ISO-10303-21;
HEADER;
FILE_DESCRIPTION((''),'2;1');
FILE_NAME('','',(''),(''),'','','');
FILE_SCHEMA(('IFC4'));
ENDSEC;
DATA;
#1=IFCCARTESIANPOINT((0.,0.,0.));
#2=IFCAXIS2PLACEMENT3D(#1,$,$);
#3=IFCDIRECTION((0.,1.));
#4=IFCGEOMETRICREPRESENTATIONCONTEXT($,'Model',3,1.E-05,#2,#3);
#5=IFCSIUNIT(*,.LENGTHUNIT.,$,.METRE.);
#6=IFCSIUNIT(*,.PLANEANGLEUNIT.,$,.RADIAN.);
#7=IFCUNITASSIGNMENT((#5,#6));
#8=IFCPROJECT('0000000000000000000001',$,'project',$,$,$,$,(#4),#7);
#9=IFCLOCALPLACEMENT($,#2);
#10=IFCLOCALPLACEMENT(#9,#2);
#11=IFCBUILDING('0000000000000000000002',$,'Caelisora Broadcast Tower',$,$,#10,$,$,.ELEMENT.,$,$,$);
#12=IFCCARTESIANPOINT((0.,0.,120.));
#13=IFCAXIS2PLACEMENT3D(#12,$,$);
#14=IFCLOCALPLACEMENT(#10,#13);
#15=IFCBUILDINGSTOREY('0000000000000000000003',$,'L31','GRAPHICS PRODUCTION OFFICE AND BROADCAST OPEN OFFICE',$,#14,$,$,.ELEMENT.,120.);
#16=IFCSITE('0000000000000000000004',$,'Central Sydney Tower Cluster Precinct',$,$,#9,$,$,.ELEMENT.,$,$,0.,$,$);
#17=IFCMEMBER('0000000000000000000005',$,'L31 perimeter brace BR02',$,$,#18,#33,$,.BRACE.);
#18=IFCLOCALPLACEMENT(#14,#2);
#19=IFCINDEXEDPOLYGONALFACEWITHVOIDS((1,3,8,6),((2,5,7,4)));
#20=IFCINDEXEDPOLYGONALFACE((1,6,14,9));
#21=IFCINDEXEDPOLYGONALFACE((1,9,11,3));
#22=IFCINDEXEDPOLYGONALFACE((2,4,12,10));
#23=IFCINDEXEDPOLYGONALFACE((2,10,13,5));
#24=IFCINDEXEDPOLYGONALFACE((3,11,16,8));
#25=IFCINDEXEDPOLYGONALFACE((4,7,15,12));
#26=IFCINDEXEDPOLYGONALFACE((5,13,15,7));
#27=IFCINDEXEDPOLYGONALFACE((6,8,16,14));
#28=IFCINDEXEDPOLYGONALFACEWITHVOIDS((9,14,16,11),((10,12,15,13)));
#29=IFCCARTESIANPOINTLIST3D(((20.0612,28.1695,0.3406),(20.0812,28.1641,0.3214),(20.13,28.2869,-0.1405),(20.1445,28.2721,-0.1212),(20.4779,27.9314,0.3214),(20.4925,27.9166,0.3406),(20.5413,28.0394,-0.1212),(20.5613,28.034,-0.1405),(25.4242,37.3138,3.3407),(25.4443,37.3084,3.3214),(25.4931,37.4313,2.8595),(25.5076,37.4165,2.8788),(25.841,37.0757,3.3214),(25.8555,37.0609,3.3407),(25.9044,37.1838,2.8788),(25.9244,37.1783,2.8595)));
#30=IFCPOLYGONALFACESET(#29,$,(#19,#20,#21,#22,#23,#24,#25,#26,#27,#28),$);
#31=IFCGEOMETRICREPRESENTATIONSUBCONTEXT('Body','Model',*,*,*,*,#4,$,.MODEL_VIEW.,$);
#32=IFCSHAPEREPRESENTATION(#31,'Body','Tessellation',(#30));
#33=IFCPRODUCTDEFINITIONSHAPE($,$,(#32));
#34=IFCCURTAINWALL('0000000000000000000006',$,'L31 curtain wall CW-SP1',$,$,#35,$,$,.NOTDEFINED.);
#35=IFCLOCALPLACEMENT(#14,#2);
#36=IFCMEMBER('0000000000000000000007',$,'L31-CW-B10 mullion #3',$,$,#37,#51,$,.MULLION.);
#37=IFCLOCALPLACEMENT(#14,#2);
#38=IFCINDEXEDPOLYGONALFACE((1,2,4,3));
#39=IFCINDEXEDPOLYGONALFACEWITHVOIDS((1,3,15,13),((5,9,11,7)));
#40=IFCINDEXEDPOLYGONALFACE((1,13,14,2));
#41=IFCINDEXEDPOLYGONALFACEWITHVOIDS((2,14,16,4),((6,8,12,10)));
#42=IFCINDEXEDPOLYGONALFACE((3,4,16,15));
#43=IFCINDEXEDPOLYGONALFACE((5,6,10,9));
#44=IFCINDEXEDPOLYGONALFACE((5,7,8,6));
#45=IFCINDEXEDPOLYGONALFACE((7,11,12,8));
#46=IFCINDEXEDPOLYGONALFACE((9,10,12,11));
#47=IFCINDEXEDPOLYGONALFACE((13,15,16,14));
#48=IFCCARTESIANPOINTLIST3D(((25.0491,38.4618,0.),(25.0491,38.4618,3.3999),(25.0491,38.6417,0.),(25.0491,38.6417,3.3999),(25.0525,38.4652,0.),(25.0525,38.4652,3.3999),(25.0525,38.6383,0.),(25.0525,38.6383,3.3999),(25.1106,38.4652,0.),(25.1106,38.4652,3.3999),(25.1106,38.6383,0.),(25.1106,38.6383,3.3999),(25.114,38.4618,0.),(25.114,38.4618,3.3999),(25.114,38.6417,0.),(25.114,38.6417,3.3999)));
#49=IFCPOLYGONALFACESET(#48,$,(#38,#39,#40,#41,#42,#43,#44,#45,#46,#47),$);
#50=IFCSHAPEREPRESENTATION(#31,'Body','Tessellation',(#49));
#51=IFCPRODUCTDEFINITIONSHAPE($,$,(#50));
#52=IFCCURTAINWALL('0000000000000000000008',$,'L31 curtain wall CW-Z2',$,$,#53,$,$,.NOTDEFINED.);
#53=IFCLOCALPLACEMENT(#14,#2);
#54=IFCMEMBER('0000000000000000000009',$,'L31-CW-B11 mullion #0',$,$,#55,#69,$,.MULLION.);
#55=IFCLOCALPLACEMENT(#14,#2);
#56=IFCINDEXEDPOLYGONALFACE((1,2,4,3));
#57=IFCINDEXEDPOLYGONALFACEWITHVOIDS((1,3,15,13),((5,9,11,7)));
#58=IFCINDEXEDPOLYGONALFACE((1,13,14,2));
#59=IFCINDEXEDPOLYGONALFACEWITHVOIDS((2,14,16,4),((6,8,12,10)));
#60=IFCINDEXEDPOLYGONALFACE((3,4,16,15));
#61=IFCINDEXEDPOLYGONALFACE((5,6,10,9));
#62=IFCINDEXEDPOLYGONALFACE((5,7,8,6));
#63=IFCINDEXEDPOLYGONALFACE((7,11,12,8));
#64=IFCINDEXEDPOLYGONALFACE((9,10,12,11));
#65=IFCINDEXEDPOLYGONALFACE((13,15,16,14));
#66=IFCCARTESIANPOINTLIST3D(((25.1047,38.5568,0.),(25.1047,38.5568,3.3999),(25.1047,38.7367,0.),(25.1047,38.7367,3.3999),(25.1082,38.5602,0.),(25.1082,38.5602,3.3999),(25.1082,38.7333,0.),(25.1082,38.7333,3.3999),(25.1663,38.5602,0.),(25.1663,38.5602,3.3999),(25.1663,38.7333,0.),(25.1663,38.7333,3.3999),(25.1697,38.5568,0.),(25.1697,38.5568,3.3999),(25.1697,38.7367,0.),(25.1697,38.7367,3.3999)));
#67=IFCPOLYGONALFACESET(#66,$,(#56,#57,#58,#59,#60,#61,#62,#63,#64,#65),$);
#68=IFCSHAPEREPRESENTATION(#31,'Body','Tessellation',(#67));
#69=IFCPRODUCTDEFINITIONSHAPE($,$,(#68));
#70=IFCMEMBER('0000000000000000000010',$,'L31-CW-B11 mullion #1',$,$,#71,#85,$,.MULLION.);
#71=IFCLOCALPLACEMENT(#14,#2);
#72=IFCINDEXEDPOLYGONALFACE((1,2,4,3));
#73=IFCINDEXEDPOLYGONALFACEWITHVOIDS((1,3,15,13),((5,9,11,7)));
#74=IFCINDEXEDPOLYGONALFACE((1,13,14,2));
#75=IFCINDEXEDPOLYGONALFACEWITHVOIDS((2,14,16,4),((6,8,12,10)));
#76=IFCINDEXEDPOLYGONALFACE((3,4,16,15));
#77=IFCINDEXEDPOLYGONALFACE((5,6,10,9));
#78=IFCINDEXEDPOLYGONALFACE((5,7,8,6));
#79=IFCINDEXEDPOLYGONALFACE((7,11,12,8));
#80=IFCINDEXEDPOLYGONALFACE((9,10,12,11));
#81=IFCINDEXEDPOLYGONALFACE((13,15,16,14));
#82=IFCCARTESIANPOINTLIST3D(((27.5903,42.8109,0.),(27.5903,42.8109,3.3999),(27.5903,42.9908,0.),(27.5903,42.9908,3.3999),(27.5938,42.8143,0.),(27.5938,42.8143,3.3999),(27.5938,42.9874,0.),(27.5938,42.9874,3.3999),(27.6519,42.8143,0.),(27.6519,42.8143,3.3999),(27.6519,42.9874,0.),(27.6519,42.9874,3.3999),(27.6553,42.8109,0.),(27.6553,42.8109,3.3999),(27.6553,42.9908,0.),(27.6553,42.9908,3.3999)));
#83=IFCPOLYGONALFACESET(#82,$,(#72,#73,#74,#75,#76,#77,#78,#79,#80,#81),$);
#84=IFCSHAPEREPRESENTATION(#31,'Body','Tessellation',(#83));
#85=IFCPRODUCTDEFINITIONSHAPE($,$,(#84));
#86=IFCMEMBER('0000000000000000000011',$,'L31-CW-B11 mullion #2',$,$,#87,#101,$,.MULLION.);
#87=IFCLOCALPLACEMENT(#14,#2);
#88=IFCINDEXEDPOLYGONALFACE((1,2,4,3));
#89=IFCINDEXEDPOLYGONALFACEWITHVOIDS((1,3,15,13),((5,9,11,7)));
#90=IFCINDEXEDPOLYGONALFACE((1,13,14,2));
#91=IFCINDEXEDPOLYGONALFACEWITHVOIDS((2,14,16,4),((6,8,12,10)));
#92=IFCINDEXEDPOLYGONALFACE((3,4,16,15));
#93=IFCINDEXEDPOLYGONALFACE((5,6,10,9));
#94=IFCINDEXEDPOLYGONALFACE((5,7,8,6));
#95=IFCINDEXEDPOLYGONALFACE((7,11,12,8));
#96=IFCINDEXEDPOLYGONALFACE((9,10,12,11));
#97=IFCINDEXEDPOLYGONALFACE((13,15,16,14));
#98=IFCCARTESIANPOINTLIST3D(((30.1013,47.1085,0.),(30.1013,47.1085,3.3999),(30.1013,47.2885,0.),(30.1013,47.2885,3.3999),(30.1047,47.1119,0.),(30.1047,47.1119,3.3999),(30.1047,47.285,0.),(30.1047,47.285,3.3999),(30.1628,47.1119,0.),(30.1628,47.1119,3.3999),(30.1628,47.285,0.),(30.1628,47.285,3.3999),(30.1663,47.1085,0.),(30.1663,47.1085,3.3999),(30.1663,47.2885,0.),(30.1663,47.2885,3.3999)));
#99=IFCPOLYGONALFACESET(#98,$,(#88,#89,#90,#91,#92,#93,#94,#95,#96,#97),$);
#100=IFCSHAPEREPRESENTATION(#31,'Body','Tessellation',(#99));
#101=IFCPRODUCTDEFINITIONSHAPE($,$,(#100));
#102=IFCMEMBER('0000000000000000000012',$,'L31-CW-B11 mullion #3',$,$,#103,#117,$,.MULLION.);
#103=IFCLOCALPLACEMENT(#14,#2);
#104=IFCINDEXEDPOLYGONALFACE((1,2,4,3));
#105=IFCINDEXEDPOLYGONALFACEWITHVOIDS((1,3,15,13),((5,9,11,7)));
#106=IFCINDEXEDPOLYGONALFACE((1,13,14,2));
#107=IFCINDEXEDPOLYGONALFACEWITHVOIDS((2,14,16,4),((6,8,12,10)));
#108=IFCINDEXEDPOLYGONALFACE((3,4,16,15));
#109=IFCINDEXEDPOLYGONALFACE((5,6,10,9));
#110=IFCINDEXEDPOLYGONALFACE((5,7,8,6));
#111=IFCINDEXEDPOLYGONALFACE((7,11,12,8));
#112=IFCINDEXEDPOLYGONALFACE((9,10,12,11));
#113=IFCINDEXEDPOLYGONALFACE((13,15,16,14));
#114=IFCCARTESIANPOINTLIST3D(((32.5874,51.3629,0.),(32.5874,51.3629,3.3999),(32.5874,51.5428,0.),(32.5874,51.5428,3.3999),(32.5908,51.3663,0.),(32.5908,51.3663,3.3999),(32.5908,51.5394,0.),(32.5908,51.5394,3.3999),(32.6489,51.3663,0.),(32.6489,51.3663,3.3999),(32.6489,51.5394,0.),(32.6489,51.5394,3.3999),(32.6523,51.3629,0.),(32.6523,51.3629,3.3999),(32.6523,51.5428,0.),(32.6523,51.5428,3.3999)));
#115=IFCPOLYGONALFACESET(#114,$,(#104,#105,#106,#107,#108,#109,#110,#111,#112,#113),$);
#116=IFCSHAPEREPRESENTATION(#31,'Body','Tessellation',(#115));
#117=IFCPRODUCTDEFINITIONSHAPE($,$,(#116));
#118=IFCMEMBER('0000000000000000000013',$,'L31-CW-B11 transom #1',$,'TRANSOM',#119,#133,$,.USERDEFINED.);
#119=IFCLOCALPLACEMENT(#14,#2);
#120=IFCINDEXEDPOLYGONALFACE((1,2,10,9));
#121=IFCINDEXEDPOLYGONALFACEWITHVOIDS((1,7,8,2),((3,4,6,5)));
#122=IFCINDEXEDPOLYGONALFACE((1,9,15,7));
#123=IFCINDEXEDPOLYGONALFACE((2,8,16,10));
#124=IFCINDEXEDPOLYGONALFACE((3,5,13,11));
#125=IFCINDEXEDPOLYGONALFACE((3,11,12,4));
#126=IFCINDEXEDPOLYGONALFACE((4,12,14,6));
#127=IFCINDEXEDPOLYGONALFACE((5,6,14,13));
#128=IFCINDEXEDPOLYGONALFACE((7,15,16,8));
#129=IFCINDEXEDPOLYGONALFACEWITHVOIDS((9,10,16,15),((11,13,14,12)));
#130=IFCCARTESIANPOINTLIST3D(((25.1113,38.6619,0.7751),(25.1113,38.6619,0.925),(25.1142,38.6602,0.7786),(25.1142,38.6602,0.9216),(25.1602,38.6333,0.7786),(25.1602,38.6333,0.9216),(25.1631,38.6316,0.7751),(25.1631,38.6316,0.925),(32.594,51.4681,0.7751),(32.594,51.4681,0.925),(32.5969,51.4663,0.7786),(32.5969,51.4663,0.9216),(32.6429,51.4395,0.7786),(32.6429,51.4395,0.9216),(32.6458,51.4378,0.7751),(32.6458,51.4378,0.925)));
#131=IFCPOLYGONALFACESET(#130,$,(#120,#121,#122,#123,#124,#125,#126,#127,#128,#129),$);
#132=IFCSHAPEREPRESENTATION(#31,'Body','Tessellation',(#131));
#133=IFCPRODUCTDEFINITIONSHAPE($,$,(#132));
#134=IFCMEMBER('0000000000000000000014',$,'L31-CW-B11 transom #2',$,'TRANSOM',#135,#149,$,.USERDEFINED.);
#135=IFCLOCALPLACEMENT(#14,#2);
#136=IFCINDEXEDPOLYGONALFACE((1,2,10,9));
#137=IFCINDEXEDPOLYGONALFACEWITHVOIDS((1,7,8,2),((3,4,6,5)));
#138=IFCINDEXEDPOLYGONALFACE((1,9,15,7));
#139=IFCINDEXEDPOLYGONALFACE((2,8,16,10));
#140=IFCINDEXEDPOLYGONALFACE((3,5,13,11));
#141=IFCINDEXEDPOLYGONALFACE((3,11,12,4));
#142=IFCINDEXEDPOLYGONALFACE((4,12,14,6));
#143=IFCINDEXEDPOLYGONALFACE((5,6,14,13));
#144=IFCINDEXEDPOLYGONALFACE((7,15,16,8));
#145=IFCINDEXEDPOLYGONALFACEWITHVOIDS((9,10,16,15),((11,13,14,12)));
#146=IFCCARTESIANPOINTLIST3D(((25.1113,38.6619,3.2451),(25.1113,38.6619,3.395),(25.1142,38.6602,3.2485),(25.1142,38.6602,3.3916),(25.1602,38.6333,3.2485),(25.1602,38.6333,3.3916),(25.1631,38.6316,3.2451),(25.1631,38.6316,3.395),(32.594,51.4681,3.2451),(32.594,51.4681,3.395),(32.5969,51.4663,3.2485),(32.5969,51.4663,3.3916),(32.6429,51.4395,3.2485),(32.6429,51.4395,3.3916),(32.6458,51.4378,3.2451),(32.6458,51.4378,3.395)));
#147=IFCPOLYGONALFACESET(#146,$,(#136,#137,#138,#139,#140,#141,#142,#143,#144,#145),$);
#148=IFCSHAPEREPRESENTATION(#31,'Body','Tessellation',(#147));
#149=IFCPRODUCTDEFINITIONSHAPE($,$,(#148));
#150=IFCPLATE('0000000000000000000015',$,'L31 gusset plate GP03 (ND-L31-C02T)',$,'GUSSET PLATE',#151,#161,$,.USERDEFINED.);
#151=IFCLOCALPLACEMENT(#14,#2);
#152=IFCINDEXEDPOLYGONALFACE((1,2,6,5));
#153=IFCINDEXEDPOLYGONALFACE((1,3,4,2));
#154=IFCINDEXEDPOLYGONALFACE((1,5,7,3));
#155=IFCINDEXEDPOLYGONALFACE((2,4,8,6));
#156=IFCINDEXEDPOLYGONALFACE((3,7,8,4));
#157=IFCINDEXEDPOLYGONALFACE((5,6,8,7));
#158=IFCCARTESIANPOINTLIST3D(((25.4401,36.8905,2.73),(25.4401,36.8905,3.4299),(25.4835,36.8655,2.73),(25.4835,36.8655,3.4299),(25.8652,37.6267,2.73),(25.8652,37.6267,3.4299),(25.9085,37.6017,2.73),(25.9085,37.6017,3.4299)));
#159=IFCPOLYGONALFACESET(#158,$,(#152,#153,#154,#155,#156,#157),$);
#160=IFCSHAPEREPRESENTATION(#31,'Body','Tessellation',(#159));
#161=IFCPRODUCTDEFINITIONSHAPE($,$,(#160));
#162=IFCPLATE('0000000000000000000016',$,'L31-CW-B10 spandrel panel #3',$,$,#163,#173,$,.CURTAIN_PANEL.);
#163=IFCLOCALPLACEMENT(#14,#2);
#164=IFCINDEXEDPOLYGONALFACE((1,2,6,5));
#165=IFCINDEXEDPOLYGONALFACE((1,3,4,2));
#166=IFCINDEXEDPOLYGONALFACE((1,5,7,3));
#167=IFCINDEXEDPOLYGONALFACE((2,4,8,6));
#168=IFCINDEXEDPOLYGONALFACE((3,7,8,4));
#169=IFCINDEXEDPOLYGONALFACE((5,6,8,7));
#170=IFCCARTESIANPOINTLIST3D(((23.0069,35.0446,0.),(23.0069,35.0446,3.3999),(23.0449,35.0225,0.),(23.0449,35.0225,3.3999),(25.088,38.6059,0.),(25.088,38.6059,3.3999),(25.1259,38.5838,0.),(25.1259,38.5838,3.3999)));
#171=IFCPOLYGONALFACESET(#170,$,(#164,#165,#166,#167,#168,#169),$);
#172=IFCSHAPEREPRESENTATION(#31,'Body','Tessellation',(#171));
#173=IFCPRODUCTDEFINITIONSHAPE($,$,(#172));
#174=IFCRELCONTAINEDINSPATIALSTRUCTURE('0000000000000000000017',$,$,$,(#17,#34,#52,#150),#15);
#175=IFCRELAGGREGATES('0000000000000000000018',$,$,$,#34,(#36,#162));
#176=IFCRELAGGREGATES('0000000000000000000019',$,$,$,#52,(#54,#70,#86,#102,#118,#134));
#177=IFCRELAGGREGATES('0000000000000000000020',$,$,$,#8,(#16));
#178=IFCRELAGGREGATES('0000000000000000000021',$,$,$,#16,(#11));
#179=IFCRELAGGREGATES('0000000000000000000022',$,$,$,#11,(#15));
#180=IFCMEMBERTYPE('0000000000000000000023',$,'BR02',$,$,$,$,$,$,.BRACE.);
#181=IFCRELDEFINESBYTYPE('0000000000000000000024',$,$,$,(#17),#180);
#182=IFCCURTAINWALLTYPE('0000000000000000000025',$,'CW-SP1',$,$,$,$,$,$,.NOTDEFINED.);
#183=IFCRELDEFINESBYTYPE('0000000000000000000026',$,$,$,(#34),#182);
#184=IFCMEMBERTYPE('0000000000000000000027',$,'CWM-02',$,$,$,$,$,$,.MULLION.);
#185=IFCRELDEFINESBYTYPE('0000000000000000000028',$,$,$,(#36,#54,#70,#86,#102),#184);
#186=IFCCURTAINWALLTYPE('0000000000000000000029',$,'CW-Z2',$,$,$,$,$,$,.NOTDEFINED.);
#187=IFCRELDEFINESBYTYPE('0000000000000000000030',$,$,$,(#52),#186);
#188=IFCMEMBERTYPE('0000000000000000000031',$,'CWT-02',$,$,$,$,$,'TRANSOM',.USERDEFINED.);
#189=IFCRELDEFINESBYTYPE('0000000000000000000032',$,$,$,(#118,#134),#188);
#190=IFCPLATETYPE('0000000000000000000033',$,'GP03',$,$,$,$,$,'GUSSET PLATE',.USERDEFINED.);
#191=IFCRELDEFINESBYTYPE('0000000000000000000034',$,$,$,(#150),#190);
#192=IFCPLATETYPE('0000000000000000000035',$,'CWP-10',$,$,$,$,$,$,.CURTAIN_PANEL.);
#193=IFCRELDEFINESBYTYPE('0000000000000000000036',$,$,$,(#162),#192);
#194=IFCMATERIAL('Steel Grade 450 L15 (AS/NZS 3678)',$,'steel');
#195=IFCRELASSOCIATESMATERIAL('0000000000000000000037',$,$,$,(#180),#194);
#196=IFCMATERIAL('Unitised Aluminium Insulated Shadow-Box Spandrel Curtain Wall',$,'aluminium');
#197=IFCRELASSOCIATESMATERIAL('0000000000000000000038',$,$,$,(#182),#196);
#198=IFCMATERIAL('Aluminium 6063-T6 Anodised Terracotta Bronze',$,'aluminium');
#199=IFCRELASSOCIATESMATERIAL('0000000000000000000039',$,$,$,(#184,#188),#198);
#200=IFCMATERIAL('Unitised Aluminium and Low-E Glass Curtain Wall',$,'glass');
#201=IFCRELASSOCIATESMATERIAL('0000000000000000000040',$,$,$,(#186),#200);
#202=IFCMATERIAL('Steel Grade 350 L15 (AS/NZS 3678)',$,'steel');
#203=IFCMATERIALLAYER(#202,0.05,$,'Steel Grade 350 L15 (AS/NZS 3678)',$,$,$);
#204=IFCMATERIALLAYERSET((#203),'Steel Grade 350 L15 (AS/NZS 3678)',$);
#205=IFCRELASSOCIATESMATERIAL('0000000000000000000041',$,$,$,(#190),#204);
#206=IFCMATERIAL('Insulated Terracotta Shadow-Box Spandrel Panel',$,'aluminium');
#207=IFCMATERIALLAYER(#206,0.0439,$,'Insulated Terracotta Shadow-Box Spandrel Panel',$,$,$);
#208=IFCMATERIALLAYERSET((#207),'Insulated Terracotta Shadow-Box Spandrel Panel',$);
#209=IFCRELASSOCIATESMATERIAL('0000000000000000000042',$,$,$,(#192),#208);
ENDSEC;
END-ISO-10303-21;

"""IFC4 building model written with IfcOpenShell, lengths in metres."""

from ifc_helpers import new_model, si_unit, direction, frame, origin, origin_2d, place, context, subcontext, project, spatial, rectangle, hollow_rectangle, extrude, source, transform, mapped, material, layer, layer_set, material_profile, profile_set, type_object, type_shapes, element, aggregate, save


model = new_model("IFC4")

# Units and contexts
model_context = context("Model", 3, precision=1e-05, world=origin(), true_north=direction((0.0, 1.0)))
body_context = subcontext(model_context, "Body", "Model", "MODEL_VIEW")
ifc_project = project(units=[si_unit("LENGTHUNIT", "METRE"), si_unit("PLANEANGLEUNIT", "RADIAN")], contexts=[model_context])

# Site, building, storey
site_placement = place(None, origin())
site = spatial("IfcSite", under=ifc_project, at=site_placement, Name="Central Sydney Tower Cluster Precinct", CompositionType="ELEMENT", RefElevation=0.0)
building_placement = place(site_placement, origin())
building = spatial("IfcBuilding", under=site, at=building_placement, Name="Caelisora Broadcast Tower", CompositionType="ELEMENT")
storey_placement = place(building_placement, frame((0.0, 0.0, 120.0)))
storey = spatial("IfcBuildingStorey", under=building, at=storey_placement, Name="L31", Description="GRAPHICS PRODUCTION OFFICE AND BROADCAST OPEN OFFICE", CompositionType="ELEMENT", Elevation=120.0)

# Shared definitions
ifc_material_1 = material(Name="Steel Grade 350 L15 (AS/NZS 3678)", Category="steel")

# Member
ifc_material_2 = material(Name="Steel Grade 450 L15 (AS/NZS 3678)", Category="steel")
ifc_material_profile_1 = material_profile(ifc_material_2, hollow_rectangle(XDim=0.5, YDim=0.5, WallThickness=0.02, at=origin_2d()), Name="Steel Grade 450 L15 (AS/NZS 3678)")
ifc_profile_set_1 = profile_set([ifc_material_profile_1], Name="Steel Grade 450 L15 (AS/NZS 3678)")
member_type_1 = type_object("IfcMemberType", Name="BR02", PredefinedType="BRACE", material=ifc_profile_set_1)
shared_shape_1 = source(origin(), body_context, "Body", "SweptSolid", [
    extrude(hollow_rectangle(XDim=0.5, YDim=0.5, WallThickness=0.02, at=origin_2d()), origin(), (0.0, 0.0, 1.0), 11.0173),
])
type_shapes(member_type_1, [shared_shape_1])
member_1_placement = place(storey_placement, frame((25.6743, 37.2461, 3.1001), z_axis=(-0.486785, -0.829996, -0.2723), x_axis=(0.862591, -0.505902, 0.0)))
element("IfcMember", 1, at=member_1_placement, inside=storey, type_object=member_type_1, Name="L31 perimeter brace BR02", PredefinedType="BRACE", context=body_context, shape_type="MappedRepresentation", body=[
    mapped(shared_shape_1, transform((0.0, 0.0, 0.0), scale=1.0)),
])

# Curtain wall, member
ifc_material_3 = material(Name="Unitised Aluminium Insulated Shadow-Box Spandrel Curtain Wall", Category="aluminium")
curtain_wall_type_1 = type_object("IfcCurtainWallType", Name="CW-SP1", PredefinedType="NOTDEFINED", material=ifc_material_3)
curtain_wall_1_placement = place(storey_placement, origin())
curtain_wall_1 = element("IfcCurtainWall", 2, at=curtain_wall_1_placement, inside=storey, type_object=curtain_wall_type_1, Name="L31 curtain wall CW-SP1", PredefinedType="NOTDEFINED")
ifc_material_4 = material(Name="Aluminium 6063-T6 Anodised Terracotta Bronze", Category="aluminium")
ifc_material_profile_2 = material_profile(ifc_material_4, hollow_rectangle(XDim=0.0649, YDim=0.1799, WallThickness=0.0034, at=origin_2d()), Name="Aluminium 6063-T6 Anodised Terracotta Bronze")
ifc_profile_set_2 = profile_set([ifc_material_profile_2], Name="Aluminium 6063-T6 Anodised Terracotta Bronze")
member_type_2 = type_object("IfcMemberType", Name="CWM-02", PredefinedType="MULLION", material=ifc_profile_set_2)
shared_shape_2 = source(origin(), body_context, "Body", "SweptSolid", [
    extrude(hollow_rectangle(XDim=0.0649, YDim=0.1799, WallThickness=0.0034, at=origin_2d()), origin(), (0.0, 0.0, 1.0), 3.3999),
])
type_shapes(member_type_2, [shared_shape_2])
member_2_placement = place(storey_placement, frame((25.0815, 38.5518, 0.0), z_axis=(0.0, 0.0, 1.0), x_axis=(1.0, 0.0, 0.0)))
member_2 = element("IfcMember", 3, at=member_2_placement, type_object=member_type_2, Name="L31-CW-B10 mullion #3", PredefinedType="MULLION", context=body_context, shape_type="MappedRepresentation", body=[
    mapped(shared_shape_2, transform((0.0, 0.0, 0.0), scale=1.0)),
])

# Curtain wall, members
ifc_material_5 = material(Name="Unitised Aluminium and Low-E Glass Curtain Wall", Category="glass")
curtain_wall_type_2 = type_object("IfcCurtainWallType", Name="CW-Z2", PredefinedType="NOTDEFINED", material=ifc_material_5)
curtain_wall_2_placement = place(storey_placement, origin())
curtain_wall_2 = element("IfcCurtainWall", 4, at=curtain_wall_2_placement, inside=storey, type_object=curtain_wall_type_2, Name="L31 curtain wall CW-Z2", PredefinedType="NOTDEFINED")
member_3_placement = place(storey_placement, frame((25.1372, 38.6467, 0.0), z_axis=(0.0, 0.0, 1.0), x_axis=(1.0, 0.0, 0.0)))
member_3 = element("IfcMember", 5, at=member_3_placement, type_object=member_type_2, Name="L31-CW-B11 mullion #0", PredefinedType="MULLION", context=body_context, shape_type="MappedRepresentation", body=[
    mapped(shared_shape_2, transform((0.0, 0.0, 0.0), scale=1.0)),
])
member_4_placement = place(storey_placement, frame((27.6228, 42.9009, 0.0), z_axis=(0.0, 0.0, 1.0), x_axis=(1.0, 0.0, 0.0)))
member_4 = element("IfcMember", 6, at=member_4_placement, type_object=member_type_2, Name="L31-CW-B11 mullion #1", PredefinedType="MULLION", context=body_context, shape_type="MappedRepresentation", body=[
    mapped(shared_shape_2, transform((0.0, 0.0, 0.0), scale=1.0)),
])
member_5_placement = place(storey_placement, frame((30.1338, 47.1985, 0.0), z_axis=(0.0, 0.0, 1.0), x_axis=(1.0, 0.0, 0.0)))
member_5 = element("IfcMember", 7, at=member_5_placement, type_object=member_type_2, Name="L31-CW-B11 mullion #2", PredefinedType="MULLION", context=body_context, shape_type="MappedRepresentation", body=[
    mapped(shared_shape_2, transform((0.0, 0.0, 0.0), scale=1.0)),
])
member_6_placement = place(storey_placement, frame((32.6199, 51.4529, 0.0), z_axis=(0.0, 0.0, 1.0), x_axis=(1.0, 0.0, 0.0)))
member_6 = element("IfcMember", 8, at=member_6_placement, type_object=member_type_2, Name="L31-CW-B11 mullion #3", PredefinedType="MULLION", context=body_context, shape_type="MappedRepresentation", body=[
    mapped(shared_shape_2, transform((0.0, 0.0, 0.0), scale=1.0)),
])
ifc_material_profile_3 = material_profile(ifc_material_4, hollow_rectangle(XDim=0.0601, YDim=0.1499, WallThickness=0.0034, at=origin_2d()), Name="Aluminium 6063-T6 Anodised Terracotta Bronze")
ifc_profile_set_3 = profile_set([ifc_material_profile_3], Name="Aluminium 6063-T6 Anodised Terracotta Bronze")
member_type_3 = type_object("IfcMemberType", Name="CWT-02", ElementType="TRANSOM", PredefinedType="USERDEFINED", material=ifc_profile_set_3)
shared_shape_3 = source(origin(), body_context, "Body", "SweptSolid", [
    extrude(hollow_rectangle(XDim=0.0601, YDim=0.1499, WallThickness=0.0034, at=origin_2d()), origin(), (0.0, 0.0, 1.0), 14.832),
])
type_shapes(member_type_3, [shared_shape_3])
member_7_placement = place(storey_placement, frame((25.1372, 38.6467, 0.8501), z_axis=(0.504495, 0.863414, 0.0), x_axis=(-0.863414, 0.504495, 0.0)))
member_7 = element("IfcMember", 9, at=member_7_placement, type_object=member_type_3, Name="L31-CW-B11 transom #1", ObjectType="TRANSOM", PredefinedType="USERDEFINED", context=body_context, shape_type="MappedRepresentation", body=[
    mapped(shared_shape_3, transform((0.0, 0.0, 0.0), scale=1.0)),
])
member_8_placement = place(storey_placement, frame((25.1372, 38.6467, 3.3201), z_axis=(0.504495, 0.863414, 0.0), x_axis=(-0.863414, 0.504495, 0.0)))
member_8 = element("IfcMember", 10, at=member_8_placement, type_object=member_type_3, Name="L31-CW-B11 transom #2", ObjectType="TRANSOM", PredefinedType="USERDEFINED", context=body_context, shape_type="MappedRepresentation", body=[
    mapped(shared_shape_3, transform((0.0, 0.0, 0.0), scale=1.0)),
])

# Plates
ifc_layer_1 = layer(ifc_material_1, 0.05, Name="Steel Grade 350 L15 (AS/NZS 3678)")
ifc_layer_set_1 = layer_set([ifc_layer_1], Name="Steel Grade 350 L15 (AS/NZS 3678)")
plate_type_1 = type_object("IfcPlateType", Name="GP03", ElementType="GUSSET PLATE", PredefinedType="USERDEFINED", material=ifc_layer_set_1)
shared_shape_4 = source(origin(), body_context, "Body", "SweptSolid", [
    extrude(rectangle(XDim=0.8501, YDim=0.05, at=origin_2d()), origin(), (0.0, 0.0, 1.0), 0.7),
])
type_shapes(plate_type_1, [shared_shape_4])
plate_1_placement = place(storey_placement, frame((25.6743, 37.2461, 2.73), z_axis=(0.0, 0.0, 1.0), x_axis=(-0.5, -0.866025, 0.0)))
element("IfcPlate", 11, at=plate_1_placement, inside=storey, type_object=plate_type_1, Name="L31 gusset plate GP03 (ND-L31-C02T)", ObjectType="GUSSET PLATE", PredefinedType="USERDEFINED", context=body_context, shape_type="MappedRepresentation", body=[
    mapped(shared_shape_4, transform((0.0, 0.0, 0.0), scale=1.0)),
])
ifc_material_6 = material(Name="Insulated Terracotta Shadow-Box Spandrel Panel", Category="aluminium")
ifc_layer_2 = layer(ifc_material_6, 0.0439, Name="Insulated Terracotta Shadow-Box Spandrel Panel")
ifc_layer_set_2 = layer_set([ifc_layer_2], Name="Insulated Terracotta Shadow-Box Spandrel Panel")
plate_type_2 = type_object("IfcPlateType", Name="CWP-10", PredefinedType="CURTAIN_PANEL", material=ifc_layer_set_2)
shared_shape_5 = source(origin(), body_context, "Body", "SweptSolid", [
    extrude(rectangle(XDim=4.1248, YDim=0.0439, at=origin_2d()), origin(), (0.0, 0.0, 1.0), 3.3999),
])
type_shapes(plate_type_2, [shared_shape_5])
plate_2_placement = place(storey_placement, frame((24.0664, 36.8142, 0.0), z_axis=(0.0, 0.0, 1.0), x_axis=(0.504528, 0.863396, 0.0)))
plate_2 = element("IfcPlate", 12, at=plate_2_placement, type_object=plate_type_2, Name="L31-CW-B10 spandrel panel #3", PredefinedType="CURTAIN_PANEL", context=body_context, shape_type="MappedRepresentation", body=[
    mapped(shared_shape_5, transform((0.0, 0.0, 0.0), scale=1.0)),
])
aggregate(curtain_wall_1, [member_2, plate_2])
aggregate(curtain_wall_2, [member_3, member_4, member_5, member_6, member_7, member_8])

save(model, "model.ifc")
